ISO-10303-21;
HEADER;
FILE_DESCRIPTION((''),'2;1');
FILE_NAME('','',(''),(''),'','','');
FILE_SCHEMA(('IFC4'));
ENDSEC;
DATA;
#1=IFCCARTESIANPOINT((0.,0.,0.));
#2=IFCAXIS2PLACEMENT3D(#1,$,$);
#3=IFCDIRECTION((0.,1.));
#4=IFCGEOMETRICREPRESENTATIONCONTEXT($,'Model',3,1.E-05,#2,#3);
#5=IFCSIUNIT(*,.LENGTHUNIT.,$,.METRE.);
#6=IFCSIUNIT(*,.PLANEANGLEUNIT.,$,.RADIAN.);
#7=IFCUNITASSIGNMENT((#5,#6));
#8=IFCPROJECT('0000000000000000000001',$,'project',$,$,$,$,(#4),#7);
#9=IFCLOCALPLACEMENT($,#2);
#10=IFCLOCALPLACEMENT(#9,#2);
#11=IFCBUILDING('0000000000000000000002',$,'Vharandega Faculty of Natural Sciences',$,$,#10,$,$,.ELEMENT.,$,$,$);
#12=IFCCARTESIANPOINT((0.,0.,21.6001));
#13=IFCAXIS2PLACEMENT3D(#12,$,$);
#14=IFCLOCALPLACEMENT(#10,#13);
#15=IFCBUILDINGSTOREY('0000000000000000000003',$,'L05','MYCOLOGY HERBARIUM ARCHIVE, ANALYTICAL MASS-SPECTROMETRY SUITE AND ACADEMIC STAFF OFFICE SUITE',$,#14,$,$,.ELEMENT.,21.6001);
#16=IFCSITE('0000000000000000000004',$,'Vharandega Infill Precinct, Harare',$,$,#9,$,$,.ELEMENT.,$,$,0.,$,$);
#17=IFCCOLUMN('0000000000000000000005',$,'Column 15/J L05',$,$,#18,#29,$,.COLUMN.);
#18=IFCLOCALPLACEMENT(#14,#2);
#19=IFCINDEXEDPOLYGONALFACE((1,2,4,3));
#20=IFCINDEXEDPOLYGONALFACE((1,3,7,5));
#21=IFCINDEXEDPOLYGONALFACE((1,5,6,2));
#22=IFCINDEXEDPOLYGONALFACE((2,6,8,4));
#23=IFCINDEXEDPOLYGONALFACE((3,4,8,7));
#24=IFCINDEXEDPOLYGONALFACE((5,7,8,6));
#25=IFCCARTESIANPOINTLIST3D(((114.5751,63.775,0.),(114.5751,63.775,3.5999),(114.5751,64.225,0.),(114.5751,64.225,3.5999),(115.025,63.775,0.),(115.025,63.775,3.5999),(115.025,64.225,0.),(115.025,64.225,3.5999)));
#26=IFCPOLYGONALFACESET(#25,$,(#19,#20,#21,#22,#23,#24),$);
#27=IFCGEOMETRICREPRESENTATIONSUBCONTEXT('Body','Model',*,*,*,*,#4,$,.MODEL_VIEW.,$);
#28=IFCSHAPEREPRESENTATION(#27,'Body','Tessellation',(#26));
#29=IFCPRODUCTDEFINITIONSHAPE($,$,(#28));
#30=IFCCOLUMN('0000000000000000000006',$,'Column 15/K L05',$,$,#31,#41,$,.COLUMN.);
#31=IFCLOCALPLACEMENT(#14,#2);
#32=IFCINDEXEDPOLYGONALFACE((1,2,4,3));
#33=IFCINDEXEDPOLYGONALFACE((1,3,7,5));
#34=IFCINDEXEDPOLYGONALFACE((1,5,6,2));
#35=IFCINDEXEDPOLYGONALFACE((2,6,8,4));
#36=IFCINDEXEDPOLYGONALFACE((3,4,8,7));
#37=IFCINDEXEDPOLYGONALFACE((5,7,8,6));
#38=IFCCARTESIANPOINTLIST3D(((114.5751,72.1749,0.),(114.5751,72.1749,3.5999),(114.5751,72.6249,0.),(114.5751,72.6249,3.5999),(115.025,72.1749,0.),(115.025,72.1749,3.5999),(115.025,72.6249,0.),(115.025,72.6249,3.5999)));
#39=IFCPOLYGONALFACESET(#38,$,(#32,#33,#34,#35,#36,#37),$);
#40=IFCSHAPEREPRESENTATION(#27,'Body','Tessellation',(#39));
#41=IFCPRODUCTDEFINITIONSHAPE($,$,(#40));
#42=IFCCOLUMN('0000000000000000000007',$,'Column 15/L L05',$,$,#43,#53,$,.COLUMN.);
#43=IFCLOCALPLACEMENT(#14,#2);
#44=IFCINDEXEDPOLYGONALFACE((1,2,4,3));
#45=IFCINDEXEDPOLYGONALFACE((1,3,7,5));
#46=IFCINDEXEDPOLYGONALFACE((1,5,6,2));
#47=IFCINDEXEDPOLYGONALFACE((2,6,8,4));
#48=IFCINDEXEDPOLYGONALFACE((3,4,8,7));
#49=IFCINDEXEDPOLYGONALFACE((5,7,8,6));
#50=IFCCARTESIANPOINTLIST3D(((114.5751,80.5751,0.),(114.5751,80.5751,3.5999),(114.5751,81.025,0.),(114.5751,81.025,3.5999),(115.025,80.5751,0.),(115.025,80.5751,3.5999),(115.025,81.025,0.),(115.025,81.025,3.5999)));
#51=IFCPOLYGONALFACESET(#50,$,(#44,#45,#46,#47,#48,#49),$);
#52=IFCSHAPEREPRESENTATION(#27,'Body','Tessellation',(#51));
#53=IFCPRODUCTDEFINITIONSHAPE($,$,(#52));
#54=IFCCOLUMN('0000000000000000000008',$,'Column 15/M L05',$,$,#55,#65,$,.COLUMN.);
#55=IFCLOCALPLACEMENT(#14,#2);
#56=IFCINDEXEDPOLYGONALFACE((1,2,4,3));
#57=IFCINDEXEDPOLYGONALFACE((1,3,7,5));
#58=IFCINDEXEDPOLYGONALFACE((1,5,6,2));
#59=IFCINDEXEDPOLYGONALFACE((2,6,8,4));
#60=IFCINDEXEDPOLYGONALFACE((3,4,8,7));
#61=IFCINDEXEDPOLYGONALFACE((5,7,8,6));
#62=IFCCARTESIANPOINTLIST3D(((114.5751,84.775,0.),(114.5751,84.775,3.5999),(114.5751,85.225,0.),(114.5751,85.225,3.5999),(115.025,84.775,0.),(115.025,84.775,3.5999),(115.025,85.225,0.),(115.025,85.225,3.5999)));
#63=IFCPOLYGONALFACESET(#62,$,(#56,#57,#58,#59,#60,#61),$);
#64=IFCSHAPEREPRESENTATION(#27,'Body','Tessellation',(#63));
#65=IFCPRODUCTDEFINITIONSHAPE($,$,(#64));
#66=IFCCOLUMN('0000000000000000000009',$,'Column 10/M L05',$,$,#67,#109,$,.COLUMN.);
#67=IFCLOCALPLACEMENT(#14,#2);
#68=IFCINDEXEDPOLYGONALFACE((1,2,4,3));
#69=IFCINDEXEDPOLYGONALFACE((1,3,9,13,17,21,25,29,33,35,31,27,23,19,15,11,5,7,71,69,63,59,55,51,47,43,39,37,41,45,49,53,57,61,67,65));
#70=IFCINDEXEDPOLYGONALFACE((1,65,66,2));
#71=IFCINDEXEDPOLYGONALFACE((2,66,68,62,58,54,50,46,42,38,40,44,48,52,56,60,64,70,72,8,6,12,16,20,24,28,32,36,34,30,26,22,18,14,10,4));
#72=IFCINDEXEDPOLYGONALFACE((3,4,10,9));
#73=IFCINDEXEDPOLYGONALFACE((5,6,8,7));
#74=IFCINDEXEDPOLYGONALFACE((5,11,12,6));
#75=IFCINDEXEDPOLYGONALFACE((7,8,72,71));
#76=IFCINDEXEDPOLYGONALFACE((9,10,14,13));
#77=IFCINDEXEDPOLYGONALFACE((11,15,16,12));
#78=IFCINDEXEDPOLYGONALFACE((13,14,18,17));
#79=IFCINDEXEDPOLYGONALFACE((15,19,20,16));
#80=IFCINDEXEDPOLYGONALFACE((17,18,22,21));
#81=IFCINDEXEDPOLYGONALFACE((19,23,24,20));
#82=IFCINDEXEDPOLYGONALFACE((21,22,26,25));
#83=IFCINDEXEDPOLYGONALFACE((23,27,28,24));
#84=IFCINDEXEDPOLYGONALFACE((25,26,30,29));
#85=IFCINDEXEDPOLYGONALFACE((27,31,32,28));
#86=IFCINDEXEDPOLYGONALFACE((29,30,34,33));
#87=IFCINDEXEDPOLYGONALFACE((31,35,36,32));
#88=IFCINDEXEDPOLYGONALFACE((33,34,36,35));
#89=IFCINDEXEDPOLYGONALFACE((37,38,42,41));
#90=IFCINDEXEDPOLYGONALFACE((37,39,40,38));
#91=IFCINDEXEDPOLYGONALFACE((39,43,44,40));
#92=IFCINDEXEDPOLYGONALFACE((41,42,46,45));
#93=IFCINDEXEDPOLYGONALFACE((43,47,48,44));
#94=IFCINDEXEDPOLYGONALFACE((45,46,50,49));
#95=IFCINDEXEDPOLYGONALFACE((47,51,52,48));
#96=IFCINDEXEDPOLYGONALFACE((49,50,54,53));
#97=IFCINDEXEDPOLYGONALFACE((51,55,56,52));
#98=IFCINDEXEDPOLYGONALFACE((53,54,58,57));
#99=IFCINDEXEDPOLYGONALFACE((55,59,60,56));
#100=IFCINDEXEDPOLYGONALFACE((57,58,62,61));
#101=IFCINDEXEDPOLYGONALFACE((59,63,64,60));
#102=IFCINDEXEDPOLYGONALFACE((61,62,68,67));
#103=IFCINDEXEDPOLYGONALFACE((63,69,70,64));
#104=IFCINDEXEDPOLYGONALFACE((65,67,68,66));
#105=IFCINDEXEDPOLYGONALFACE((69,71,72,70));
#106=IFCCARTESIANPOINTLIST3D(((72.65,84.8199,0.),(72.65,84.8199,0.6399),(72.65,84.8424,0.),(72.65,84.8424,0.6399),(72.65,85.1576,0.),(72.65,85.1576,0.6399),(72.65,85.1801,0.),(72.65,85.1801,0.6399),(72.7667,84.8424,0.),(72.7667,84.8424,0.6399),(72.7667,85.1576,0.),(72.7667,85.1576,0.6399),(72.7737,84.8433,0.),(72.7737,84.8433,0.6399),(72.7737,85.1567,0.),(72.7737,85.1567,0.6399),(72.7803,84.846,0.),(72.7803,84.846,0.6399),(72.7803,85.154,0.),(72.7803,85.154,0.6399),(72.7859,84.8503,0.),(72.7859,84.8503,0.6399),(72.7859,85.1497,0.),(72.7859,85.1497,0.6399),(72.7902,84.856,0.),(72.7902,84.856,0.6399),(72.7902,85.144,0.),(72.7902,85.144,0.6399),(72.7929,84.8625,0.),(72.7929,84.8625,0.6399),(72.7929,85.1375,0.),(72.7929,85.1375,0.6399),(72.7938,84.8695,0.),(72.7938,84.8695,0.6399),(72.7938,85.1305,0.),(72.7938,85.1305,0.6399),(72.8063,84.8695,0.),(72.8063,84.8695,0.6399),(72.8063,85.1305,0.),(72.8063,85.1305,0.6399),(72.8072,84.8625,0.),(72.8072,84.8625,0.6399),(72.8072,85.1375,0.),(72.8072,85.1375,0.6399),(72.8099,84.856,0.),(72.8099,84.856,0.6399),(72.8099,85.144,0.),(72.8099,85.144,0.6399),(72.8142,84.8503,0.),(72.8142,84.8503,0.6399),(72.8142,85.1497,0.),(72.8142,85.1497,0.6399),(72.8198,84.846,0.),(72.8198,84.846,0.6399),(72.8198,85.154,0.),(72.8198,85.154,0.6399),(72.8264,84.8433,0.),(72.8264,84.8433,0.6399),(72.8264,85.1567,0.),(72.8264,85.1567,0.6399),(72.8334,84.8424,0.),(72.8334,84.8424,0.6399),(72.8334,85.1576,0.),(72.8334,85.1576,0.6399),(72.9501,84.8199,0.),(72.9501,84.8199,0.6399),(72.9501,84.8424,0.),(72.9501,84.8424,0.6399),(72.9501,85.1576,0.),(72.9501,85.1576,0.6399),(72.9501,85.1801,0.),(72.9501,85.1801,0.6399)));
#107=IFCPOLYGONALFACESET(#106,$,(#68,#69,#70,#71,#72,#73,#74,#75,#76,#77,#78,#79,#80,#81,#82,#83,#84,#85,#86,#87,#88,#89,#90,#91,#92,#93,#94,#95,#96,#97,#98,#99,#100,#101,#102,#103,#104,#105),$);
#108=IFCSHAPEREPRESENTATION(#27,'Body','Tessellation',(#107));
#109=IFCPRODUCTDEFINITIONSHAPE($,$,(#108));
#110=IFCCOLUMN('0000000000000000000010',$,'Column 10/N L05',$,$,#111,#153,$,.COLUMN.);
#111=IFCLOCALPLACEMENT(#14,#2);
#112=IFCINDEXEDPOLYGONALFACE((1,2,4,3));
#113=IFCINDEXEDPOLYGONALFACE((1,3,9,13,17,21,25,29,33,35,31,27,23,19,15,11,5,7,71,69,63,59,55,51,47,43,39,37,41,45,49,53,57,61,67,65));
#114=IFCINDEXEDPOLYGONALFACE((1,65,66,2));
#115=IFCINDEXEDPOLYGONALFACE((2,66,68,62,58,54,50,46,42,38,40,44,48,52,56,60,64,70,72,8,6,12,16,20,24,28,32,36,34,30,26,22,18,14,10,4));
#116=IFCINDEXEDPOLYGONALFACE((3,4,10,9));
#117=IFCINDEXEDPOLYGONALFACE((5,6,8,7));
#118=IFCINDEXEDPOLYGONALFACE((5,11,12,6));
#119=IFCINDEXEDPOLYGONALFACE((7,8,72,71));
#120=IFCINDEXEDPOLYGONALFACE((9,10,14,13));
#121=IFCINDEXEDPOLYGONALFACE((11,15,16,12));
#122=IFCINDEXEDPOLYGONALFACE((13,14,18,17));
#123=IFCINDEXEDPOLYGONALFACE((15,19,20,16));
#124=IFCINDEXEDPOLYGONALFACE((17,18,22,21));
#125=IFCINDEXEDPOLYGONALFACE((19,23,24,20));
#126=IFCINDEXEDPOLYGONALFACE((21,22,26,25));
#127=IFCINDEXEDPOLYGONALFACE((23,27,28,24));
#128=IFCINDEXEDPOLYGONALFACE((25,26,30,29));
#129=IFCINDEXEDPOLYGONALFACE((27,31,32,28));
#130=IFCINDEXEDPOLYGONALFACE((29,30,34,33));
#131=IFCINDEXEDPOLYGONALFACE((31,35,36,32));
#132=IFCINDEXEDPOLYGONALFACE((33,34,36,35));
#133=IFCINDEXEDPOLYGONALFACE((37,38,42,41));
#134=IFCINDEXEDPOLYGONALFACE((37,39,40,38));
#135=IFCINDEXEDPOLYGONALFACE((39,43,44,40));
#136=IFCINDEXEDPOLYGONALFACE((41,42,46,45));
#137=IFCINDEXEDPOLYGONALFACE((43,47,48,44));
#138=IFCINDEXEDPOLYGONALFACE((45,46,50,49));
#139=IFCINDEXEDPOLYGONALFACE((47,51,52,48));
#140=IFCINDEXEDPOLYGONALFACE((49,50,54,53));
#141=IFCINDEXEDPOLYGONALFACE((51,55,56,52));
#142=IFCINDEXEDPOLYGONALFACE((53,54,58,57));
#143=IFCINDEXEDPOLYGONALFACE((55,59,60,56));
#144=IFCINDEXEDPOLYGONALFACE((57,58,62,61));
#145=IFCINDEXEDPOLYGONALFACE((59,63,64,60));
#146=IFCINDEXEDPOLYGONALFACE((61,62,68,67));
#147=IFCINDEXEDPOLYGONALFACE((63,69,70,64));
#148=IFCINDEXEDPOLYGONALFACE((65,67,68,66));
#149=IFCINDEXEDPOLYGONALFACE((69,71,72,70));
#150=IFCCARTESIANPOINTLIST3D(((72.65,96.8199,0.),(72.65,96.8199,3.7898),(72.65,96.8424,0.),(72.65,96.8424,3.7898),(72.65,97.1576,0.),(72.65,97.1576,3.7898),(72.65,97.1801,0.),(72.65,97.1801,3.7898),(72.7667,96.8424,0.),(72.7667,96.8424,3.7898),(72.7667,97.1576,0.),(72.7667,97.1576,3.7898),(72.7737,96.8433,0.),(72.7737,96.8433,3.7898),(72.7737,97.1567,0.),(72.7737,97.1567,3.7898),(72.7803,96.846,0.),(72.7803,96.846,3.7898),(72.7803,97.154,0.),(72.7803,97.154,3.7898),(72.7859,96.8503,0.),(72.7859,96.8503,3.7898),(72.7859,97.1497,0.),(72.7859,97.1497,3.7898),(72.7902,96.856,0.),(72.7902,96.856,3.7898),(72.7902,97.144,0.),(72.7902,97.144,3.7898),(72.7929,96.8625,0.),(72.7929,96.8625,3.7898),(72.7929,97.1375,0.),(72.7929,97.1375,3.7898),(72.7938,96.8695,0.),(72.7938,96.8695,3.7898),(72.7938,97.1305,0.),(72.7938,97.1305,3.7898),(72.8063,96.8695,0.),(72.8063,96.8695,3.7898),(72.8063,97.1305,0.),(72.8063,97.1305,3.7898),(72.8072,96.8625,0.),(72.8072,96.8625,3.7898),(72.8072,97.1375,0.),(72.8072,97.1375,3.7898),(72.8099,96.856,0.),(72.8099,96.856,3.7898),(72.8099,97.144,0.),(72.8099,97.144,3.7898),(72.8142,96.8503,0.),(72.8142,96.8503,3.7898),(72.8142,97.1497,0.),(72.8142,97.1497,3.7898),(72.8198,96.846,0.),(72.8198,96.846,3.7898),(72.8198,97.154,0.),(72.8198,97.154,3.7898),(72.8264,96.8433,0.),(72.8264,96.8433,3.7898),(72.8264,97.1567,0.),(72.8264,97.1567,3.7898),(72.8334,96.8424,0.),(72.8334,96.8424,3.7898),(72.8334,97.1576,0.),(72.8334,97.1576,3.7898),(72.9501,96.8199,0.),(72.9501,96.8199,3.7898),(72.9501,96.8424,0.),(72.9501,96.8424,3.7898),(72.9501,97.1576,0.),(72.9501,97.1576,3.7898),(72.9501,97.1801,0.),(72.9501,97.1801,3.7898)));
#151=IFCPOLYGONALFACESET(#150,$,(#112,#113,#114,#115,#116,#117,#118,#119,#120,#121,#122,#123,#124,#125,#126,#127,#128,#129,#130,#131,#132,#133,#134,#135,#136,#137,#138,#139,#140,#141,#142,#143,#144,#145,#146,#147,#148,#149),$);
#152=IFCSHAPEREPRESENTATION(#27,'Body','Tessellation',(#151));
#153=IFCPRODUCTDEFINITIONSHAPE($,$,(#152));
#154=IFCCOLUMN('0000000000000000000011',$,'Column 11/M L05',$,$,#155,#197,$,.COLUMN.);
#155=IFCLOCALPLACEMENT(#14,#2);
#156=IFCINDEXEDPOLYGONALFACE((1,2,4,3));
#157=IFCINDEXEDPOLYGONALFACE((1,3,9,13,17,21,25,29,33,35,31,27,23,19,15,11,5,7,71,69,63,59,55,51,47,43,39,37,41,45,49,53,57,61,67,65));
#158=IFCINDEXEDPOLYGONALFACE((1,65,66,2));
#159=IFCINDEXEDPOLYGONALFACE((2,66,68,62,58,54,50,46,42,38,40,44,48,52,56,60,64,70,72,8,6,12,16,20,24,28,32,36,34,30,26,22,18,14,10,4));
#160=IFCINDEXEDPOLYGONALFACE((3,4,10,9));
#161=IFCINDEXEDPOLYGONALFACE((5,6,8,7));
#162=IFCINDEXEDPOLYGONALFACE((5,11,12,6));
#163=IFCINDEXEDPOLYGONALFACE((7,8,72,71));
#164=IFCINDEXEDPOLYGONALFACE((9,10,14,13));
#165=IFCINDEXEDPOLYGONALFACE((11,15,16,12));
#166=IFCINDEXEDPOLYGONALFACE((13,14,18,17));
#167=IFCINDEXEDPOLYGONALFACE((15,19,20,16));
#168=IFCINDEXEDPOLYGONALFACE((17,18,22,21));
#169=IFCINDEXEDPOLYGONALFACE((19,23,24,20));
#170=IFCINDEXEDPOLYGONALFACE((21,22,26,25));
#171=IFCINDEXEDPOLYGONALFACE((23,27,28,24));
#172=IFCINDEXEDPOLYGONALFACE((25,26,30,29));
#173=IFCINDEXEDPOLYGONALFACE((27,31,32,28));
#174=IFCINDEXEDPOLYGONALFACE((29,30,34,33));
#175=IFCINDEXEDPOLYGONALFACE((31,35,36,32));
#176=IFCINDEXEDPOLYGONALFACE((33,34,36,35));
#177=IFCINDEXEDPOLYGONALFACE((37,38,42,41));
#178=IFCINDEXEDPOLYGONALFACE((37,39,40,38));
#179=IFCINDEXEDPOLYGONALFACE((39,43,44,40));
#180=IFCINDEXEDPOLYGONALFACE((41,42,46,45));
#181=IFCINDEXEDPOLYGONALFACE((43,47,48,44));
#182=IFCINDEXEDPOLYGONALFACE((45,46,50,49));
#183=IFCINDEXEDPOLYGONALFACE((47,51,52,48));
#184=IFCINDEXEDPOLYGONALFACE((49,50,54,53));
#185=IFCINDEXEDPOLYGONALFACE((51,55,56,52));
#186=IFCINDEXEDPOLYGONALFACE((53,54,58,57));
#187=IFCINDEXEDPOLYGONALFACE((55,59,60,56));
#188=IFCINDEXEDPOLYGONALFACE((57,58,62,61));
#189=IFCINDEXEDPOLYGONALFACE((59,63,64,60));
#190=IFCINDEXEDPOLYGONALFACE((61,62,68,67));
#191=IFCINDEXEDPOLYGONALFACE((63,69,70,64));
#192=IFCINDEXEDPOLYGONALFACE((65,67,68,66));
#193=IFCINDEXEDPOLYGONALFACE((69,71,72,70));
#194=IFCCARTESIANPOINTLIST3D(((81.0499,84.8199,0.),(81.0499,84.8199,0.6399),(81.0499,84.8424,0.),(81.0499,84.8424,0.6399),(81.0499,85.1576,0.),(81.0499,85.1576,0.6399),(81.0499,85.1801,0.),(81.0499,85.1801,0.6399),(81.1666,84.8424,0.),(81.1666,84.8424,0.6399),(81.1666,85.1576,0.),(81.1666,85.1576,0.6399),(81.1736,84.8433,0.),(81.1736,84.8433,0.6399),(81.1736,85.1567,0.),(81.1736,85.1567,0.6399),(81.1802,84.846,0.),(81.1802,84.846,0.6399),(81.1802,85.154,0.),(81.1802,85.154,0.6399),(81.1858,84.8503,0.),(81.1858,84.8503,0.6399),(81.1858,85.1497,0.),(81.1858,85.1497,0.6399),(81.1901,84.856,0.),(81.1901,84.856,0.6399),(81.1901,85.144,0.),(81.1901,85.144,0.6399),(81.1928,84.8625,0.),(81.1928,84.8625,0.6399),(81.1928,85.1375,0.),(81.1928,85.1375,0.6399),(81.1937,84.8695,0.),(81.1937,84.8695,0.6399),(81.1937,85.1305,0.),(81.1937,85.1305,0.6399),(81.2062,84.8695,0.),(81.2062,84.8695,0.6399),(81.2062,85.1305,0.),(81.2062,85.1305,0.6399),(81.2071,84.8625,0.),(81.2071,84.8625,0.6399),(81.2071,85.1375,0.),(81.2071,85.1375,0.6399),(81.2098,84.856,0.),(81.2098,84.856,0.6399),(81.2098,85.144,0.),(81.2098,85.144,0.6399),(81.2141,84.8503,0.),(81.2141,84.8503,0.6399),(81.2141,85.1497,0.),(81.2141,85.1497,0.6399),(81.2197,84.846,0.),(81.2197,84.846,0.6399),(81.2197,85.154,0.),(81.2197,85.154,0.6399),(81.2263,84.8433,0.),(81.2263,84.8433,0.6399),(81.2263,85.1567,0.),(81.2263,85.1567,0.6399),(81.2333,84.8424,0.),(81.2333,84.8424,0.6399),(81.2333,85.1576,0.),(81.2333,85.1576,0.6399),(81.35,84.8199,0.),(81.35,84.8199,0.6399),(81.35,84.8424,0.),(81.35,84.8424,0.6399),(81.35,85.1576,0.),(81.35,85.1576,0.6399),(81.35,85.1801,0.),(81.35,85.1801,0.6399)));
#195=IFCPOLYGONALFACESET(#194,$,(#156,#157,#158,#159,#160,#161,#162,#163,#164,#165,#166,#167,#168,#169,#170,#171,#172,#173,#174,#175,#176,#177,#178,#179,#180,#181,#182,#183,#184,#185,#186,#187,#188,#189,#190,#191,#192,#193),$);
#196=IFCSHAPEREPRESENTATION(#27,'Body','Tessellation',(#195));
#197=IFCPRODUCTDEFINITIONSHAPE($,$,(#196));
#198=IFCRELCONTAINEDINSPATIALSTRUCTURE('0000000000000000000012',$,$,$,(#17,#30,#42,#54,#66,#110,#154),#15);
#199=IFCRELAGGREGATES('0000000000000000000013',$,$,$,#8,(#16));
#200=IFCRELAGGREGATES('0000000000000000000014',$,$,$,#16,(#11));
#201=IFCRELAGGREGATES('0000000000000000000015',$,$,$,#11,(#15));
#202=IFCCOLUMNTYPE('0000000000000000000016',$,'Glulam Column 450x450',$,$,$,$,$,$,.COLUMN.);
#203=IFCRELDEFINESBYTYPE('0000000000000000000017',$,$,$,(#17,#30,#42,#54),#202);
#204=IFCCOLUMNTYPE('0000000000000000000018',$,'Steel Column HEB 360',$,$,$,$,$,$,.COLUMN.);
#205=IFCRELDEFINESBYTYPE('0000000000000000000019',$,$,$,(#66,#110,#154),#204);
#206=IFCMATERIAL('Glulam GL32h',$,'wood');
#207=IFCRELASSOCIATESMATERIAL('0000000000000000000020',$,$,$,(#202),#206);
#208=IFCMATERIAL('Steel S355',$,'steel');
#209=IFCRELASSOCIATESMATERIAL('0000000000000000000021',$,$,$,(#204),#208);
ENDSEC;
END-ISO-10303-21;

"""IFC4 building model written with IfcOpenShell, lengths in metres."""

from ifc_helpers import new_model, si_unit, direction, frame, origin, origin_2d, place, context, subcontext, project, spatial, rectangle, i_section, extrude, material, material_profile, profile_set, type_object, element, save


model = new_model("IFC4")

# Units and contexts
model_context = context("Model", 3, precision=1e-05, world=origin(), true_north=direction((0.0, 1.0)))
body_context = subcontext(model_context, "Body", "Model", "MODEL_VIEW")
ifc_project = project(units=[si_unit("LENGTHUNIT", "METRE"), si_unit("PLANEANGLEUNIT", "RADIAN")], contexts=[model_context])

# Site, building, storey
site_placement = place(None, origin())
site = spatial("IfcSite", under=ifc_project, at=site_placement, Name="Vharandega Infill Precinct, Harare", CompositionType="ELEMENT", RefElevation=0.0)
building_placement = place(site_placement, origin())
building = spatial("IfcBuilding", under=site, at=building_placement, Name="Vharandega Faculty of Natural Sciences", CompositionType="ELEMENT")
storey_placement = place(building_placement, frame((0.0, 0.0, 21.6001)))
storey = spatial("IfcBuildingStorey", under=building, at=storey_placement, Name="L05", Description="MYCOLOGY HERBARIUM ARCHIVE, ANALYTICAL MASS-SPECTROMETRY SUITE AND ACADEMIC STAFF OFFICE SUITE", CompositionType="ELEMENT", Elevation=21.6001)

# Columns
ifc_material_1 = material(Name="Glulam GL32h", Category="wood")
ifc_material_profile_1 = material_profile(ifc_material_1, rectangle(XDim=0.45, YDim=0.45, at=origin_2d()), Name="GL32h 450x450")
ifc_profile_set_1 = profile_set([ifc_material_profile_1], Name="Glulam GL32h")
column_type_1 = type_object("IfcColumnType", Name="Glulam Column 450x450", PredefinedType="COLUMN", material=ifc_profile_set_1)
for number, where, z_axis, x_axis, name in (
    (1, (114.8, 64.0, 0.0), (0.0, 0.0, 1.0), (1.0, 0.0, 0.0), "Column 15/J L05"),
    (2, (114.8, 72.3999, 0.0), (0.0, 0.0, 1.0), (1.0, 0.0, 0.0), "Column 15/K L05"),
    (3, (114.8, 80.8, 0.0), (0.0, 0.0, 1.0), (1.0, 0.0, 0.0), "Column 15/L L05"),
    (4, (114.8, 85.0, 0.0), (0.0, 0.0, 1.0), (1.0, 0.0, 0.0), "Column 15/M L05"),
):
    element("IfcColumn", number, at=place(storey_placement, frame(where, z_axis=z_axis, x_axis=x_axis)), inside=storey, type_object=column_type_1, Name=name, PredefinedType="COLUMN", context=body_context, shape_type="SweptSolid", body=[
        extrude(rectangle(XDim=0.45, YDim=0.45, at=origin_2d()), origin(), (0.0, 0.0, 1.0), 3.5999),
    ])
ifc_material_2 = material(Name="Steel S355", Category="steel")
ifc_material_profile_2 = material_profile(ifc_material_2, i_section(OverallWidth=0.3, OverallDepth=0.3601, WebThickness=0.0125, FlangeThickness=0.0225, FilletRadius=0.0271, at=origin_2d()), Name="HEB 360")
ifc_profile_set_2 = profile_set([ifc_material_profile_2], Name="Steel S355")
column_type_2 = type_object("IfcColumnType", Name="Steel Column HEB 360", PredefinedType="COLUMN", material=ifc_profile_set_2)
column_1_placement = place(storey_placement, frame((72.8, 85.0, 0.0), z_axis=(0.0, 0.0, 1.0), x_axis=(1.0, 0.0, 0.0)))
element("IfcColumn", 5, at=column_1_placement, inside=storey, type_object=column_type_2, Name="Column 10/M L05", PredefinedType="COLUMN", context=body_context, shape_type="SweptSolid", body=[
    extrude(i_section(OverallWidth=0.3, OverallDepth=0.3601, WebThickness=0.0125, FlangeThickness=0.0225, FilletRadius=0.0271, at=origin_2d()), origin(), (0.0, 0.0, 1.0), 0.6399),
])
column_2_placement = place(storey_placement, frame((72.8, 97.0, 0.0), z_axis=(0.0, 0.0, 1.0), x_axis=(1.0, 0.0, 0.0)))
element("IfcColumn", 6, at=column_2_placement, inside=storey, type_object=column_type_2, Name="Column 10/N L05", PredefinedType="COLUMN", context=body_context, shape_type="SweptSolid", body=[
    extrude(i_section(OverallWidth=0.3, OverallDepth=0.3601, WebThickness=0.0125, FlangeThickness=0.0225, FilletRadius=0.0271, at=origin_2d()), origin(), (0.0, 0.0, 1.0), 3.7898),
])
column_3_placement = place(storey_placement, frame((81.2, 85.0, 0.0), z_axis=(0.0, 0.0, 1.0), x_axis=(1.0, 0.0, 0.0)))
element("IfcColumn", 7, at=column_3_placement, inside=storey, type_object=column_type_2, Name="Column 11/M L05", PredefinedType="COLUMN", context=body_context, shape_type="SweptSolid", body=[
    extrude(i_section(OverallWidth=0.3, OverallDepth=0.3601, WebThickness=0.0125, FlangeThickness=0.0225, FilletRadius=0.0271, at=origin_2d()), origin(), (0.0, 0.0, 1.0), 0.6399),
])

save(model, "model.ifc")
